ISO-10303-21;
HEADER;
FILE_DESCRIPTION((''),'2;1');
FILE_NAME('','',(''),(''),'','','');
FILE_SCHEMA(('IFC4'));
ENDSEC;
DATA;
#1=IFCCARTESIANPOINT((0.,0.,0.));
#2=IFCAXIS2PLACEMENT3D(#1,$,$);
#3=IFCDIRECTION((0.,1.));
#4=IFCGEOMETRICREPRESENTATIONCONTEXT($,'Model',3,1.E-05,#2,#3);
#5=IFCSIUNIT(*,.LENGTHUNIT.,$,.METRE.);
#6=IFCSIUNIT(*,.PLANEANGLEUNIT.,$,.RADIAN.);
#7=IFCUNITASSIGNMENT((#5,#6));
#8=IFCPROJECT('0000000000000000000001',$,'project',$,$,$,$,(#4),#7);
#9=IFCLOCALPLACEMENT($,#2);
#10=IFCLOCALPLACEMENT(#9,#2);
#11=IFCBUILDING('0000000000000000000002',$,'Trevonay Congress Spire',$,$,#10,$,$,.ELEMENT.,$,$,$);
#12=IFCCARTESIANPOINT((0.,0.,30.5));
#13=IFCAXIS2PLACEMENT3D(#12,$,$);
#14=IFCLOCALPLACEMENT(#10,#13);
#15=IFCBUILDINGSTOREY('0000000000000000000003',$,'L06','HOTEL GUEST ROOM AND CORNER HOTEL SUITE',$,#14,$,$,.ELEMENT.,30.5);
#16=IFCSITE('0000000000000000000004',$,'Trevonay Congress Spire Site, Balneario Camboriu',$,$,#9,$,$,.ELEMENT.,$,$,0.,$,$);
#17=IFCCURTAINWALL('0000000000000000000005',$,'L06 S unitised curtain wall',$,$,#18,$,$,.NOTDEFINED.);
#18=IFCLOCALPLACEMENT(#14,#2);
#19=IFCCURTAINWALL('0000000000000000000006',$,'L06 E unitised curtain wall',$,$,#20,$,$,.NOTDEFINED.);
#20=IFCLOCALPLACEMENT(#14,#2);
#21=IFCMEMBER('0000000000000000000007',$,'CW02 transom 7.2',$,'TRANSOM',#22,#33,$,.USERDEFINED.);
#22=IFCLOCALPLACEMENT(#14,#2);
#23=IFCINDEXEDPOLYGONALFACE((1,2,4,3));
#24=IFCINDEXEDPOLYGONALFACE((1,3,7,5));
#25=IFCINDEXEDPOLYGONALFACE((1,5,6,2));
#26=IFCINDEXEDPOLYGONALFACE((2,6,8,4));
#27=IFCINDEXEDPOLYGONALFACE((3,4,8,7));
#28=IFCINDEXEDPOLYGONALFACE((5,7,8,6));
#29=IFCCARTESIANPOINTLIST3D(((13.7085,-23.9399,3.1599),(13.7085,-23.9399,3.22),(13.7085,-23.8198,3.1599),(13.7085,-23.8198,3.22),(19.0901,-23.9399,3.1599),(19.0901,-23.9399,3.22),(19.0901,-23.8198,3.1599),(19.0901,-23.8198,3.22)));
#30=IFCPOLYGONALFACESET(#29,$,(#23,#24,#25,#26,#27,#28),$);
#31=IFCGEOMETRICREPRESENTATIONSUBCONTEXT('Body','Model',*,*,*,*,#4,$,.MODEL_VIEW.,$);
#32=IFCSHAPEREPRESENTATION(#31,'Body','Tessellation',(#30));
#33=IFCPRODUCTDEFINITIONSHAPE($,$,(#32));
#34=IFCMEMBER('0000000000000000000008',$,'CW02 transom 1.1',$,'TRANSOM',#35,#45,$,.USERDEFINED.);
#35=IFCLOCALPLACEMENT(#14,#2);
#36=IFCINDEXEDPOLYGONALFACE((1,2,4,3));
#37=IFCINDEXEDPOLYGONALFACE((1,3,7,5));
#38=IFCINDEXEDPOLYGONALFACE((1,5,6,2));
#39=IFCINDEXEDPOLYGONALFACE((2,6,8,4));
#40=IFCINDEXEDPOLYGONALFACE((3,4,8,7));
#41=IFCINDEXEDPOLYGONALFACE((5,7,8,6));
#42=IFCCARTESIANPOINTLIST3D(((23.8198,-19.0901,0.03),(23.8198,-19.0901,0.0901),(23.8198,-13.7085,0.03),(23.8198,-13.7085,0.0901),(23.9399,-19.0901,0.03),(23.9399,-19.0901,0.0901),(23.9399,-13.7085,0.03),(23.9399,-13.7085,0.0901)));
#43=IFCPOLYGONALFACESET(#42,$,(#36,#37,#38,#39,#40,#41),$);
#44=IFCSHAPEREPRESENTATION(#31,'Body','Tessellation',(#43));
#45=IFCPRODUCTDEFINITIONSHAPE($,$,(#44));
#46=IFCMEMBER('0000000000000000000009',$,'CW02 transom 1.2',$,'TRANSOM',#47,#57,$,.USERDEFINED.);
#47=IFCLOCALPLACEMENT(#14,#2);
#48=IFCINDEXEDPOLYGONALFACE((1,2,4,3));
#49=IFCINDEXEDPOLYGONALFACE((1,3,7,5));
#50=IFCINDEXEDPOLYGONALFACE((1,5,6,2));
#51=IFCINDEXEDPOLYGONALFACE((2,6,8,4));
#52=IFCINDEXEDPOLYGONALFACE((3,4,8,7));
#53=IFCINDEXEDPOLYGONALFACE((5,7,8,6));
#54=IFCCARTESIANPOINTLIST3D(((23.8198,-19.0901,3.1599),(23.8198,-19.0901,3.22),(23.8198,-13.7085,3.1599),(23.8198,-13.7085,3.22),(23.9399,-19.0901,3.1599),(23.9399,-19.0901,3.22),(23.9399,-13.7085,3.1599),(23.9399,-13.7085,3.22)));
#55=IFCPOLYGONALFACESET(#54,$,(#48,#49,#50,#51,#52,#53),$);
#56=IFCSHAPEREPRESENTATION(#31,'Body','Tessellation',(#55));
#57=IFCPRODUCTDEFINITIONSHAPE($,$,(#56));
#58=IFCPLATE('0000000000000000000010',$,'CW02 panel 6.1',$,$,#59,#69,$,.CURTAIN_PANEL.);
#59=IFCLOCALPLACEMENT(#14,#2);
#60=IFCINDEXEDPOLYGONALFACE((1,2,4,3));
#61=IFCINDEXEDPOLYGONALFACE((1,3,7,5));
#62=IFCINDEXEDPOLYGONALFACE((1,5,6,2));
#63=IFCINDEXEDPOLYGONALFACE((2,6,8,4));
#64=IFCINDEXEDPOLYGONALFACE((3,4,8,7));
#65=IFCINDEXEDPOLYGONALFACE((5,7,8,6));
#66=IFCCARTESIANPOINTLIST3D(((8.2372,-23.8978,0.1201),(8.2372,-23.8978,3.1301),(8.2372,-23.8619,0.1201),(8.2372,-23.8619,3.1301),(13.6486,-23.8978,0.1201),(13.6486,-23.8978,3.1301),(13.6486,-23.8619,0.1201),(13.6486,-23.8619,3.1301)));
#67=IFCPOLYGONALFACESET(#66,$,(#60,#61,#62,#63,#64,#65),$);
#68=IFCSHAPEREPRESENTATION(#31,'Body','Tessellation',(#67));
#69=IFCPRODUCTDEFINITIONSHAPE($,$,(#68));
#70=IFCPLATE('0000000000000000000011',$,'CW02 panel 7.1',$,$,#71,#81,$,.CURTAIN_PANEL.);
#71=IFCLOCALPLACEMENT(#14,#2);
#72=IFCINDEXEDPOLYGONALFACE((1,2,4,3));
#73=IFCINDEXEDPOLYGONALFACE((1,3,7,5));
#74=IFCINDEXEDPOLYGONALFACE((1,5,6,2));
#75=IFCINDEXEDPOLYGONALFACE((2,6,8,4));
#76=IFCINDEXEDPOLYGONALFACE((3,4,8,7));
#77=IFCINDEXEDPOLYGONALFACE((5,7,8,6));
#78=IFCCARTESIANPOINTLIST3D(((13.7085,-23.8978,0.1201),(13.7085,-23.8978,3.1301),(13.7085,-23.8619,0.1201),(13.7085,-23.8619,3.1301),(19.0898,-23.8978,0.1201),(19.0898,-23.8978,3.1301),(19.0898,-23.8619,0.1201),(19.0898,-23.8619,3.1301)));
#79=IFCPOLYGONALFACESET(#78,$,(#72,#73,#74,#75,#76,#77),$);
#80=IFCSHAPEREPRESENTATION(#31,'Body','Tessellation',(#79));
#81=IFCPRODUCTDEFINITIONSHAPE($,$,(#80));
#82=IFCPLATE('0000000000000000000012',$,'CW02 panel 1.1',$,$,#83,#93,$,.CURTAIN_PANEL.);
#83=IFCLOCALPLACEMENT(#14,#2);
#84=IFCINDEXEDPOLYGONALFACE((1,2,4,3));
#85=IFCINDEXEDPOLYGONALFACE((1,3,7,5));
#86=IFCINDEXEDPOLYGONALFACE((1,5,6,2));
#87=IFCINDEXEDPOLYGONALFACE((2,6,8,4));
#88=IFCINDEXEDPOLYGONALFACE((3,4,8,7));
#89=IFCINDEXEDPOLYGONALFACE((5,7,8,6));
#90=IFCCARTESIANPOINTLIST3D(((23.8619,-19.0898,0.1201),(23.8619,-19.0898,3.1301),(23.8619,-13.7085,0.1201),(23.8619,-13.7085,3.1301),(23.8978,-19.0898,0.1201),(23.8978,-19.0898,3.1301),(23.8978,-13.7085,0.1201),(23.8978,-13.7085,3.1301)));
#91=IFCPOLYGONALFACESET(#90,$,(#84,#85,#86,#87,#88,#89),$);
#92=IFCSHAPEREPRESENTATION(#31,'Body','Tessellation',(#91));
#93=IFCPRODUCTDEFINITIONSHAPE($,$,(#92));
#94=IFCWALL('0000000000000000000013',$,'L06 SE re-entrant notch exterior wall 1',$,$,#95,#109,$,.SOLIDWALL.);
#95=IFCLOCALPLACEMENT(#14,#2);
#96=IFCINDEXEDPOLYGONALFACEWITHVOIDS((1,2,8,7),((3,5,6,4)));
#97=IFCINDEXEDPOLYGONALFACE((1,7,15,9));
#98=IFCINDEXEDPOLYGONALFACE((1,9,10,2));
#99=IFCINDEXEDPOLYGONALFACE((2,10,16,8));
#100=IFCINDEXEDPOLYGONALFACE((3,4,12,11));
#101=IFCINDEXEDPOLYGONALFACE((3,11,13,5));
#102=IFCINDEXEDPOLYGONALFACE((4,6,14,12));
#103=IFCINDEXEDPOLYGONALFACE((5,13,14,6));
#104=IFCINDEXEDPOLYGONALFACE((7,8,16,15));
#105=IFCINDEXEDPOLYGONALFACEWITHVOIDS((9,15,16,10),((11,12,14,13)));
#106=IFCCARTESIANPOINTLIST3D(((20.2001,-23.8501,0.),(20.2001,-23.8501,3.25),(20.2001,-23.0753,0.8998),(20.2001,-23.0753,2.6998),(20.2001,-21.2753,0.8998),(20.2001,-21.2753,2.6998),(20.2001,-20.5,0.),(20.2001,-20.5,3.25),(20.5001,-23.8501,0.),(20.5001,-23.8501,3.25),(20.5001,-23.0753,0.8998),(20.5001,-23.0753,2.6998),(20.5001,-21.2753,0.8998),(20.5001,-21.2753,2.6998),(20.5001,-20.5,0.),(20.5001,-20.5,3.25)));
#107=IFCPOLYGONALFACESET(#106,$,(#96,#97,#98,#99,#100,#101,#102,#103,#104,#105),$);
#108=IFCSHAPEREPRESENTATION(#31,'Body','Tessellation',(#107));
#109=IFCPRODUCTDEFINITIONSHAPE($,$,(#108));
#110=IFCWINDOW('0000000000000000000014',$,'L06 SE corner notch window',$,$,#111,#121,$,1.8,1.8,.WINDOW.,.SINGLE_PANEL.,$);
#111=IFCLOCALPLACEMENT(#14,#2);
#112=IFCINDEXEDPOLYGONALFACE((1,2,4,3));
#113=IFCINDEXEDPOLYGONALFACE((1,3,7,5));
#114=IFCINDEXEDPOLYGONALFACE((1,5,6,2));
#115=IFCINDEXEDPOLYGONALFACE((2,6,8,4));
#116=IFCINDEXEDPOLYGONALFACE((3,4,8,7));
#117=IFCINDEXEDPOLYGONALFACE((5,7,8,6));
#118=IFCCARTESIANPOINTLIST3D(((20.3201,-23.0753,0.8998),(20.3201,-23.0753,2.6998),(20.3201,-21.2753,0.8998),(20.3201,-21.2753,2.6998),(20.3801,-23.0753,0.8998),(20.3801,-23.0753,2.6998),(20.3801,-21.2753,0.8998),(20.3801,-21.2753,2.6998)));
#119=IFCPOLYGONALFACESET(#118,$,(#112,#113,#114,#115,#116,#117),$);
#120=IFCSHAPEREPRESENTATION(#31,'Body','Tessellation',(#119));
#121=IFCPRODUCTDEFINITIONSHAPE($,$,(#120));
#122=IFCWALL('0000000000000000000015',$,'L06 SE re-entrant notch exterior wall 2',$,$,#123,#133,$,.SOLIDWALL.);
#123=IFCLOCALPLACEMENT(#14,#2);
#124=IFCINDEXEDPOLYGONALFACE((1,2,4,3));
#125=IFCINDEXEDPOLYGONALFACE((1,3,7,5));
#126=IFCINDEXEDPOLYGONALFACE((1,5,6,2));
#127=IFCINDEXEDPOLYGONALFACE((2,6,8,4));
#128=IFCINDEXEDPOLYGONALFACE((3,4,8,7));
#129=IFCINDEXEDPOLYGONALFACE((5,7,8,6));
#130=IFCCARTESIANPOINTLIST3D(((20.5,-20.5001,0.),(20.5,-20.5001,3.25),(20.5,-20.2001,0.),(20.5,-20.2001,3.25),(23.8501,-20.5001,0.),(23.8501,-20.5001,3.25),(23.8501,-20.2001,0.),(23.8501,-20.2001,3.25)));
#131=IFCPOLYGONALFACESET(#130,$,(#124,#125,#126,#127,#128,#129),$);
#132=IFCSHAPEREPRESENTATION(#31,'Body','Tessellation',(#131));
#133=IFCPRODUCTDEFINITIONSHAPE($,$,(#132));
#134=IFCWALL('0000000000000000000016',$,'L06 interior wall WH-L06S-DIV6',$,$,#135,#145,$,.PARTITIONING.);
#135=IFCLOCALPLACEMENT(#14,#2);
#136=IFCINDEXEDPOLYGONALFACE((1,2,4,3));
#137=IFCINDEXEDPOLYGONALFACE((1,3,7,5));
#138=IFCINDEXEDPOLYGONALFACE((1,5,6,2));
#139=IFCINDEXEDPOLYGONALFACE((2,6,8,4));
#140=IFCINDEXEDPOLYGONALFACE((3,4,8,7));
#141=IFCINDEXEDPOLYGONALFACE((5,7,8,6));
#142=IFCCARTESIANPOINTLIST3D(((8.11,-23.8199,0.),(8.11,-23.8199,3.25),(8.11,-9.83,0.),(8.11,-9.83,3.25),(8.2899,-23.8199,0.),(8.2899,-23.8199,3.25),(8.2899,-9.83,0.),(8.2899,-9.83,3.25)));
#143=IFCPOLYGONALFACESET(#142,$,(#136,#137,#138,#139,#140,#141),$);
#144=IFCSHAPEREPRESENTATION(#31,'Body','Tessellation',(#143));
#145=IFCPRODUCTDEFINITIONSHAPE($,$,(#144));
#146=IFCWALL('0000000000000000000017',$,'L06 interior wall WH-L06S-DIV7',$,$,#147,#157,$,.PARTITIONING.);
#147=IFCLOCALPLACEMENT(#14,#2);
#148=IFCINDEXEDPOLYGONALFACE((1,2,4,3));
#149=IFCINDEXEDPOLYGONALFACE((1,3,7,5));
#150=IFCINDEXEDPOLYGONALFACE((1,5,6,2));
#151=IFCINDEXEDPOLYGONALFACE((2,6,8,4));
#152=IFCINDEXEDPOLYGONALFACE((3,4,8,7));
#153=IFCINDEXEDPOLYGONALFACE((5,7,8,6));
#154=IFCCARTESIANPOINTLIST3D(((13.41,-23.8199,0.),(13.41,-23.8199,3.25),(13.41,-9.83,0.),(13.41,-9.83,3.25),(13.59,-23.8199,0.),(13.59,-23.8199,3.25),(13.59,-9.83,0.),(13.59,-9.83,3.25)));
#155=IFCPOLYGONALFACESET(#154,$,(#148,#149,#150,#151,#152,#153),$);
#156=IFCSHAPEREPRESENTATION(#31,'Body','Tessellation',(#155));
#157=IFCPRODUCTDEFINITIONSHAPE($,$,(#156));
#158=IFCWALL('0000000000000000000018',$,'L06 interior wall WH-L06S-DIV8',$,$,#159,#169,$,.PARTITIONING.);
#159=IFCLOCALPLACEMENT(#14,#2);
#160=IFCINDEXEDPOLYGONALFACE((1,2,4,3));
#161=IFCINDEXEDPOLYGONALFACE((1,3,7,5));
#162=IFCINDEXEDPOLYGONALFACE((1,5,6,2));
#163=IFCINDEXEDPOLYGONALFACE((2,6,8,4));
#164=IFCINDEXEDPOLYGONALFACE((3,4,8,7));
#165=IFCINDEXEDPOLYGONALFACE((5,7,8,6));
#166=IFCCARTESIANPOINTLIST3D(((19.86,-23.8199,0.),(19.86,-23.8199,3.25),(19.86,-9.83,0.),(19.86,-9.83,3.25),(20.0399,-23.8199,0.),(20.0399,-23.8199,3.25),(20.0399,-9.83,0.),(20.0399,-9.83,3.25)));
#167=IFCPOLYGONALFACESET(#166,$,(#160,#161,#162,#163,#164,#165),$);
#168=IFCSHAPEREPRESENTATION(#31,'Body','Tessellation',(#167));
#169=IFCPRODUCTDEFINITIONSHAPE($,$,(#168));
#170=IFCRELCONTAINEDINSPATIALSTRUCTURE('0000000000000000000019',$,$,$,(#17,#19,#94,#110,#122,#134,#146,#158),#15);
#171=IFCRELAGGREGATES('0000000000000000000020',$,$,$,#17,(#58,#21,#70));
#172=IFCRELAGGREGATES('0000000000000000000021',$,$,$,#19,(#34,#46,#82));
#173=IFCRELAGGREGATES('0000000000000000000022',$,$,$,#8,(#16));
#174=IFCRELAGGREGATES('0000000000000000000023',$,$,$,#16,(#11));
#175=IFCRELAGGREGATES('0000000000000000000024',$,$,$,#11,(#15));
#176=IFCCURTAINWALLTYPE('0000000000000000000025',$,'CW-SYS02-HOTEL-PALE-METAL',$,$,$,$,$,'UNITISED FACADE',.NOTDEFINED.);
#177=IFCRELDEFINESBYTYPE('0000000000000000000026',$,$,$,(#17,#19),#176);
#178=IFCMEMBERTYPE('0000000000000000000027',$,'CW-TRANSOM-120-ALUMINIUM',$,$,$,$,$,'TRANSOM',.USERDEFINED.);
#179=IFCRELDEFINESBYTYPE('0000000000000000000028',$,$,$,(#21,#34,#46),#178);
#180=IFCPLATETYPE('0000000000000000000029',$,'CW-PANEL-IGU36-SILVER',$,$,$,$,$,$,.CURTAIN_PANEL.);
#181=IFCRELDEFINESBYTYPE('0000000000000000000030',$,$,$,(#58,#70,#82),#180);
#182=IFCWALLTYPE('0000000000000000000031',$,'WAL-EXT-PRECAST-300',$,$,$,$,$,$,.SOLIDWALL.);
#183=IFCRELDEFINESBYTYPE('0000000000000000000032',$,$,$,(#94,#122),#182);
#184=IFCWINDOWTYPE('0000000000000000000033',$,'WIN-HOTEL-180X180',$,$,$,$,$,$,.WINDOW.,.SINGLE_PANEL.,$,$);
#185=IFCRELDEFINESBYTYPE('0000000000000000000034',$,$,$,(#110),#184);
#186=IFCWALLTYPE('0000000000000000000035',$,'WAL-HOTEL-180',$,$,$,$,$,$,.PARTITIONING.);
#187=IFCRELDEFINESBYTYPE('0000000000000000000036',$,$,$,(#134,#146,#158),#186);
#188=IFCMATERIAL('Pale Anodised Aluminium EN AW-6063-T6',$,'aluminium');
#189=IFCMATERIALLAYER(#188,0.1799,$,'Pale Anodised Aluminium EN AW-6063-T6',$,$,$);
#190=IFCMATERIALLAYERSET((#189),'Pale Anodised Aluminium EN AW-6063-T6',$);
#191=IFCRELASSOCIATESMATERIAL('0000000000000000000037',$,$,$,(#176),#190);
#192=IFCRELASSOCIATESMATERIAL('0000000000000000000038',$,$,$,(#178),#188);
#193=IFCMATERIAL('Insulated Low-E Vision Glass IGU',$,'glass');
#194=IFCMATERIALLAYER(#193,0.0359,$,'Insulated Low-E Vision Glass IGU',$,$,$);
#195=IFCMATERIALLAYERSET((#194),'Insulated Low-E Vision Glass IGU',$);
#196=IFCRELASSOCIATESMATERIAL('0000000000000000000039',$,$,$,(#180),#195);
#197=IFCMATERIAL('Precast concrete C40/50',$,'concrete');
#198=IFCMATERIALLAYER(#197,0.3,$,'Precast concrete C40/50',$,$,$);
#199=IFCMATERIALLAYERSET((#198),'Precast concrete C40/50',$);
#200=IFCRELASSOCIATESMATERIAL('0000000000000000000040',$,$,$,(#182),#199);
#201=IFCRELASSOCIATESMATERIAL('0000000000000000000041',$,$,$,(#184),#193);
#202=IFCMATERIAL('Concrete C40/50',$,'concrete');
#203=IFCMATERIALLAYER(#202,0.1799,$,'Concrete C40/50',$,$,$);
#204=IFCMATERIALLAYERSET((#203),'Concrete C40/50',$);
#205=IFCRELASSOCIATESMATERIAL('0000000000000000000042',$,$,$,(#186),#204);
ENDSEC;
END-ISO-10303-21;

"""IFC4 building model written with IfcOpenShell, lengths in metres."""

from ifc_helpers import new_model, si_unit, direction, frame, frame_2d, origin, origin_2d, place, context, subcontext, project, spatial, rectangle, extrude, material, layer, layer_set, material_profile, profile_set, type_object, element, fill, aggregate, save


model = new_model("IFC4")

# Units and contexts
model_context = context("Model", 3, precision=1e-05, world=origin(), true_north=direction((0.0, 1.0)))
body_context = subcontext(model_context, "Body", "Model", "MODEL_VIEW")
ifc_project = project(units=[si_unit("LENGTHUNIT", "METRE"), si_unit("PLANEANGLEUNIT", "RADIAN")], contexts=[model_context])

# Site, building, storey
site_placement = place(None, origin())
site = spatial("IfcSite", under=ifc_project, at=site_placement, Name="Trevonay Congress Spire Site, Balneario Camboriu", CompositionType="ELEMENT", RefElevation=0.0)
building_placement = place(site_placement, origin())
building = spatial("IfcBuilding", under=site, at=building_placement, Name="Trevonay Congress Spire", CompositionType="ELEMENT")
storey_placement = place(building_placement, frame((0.0, 0.0, 30.5)))
storey = spatial("IfcBuildingStorey", under=building, at=storey_placement, Name="L06", Description="HOTEL GUEST ROOM AND CORNER HOTEL SUITE", CompositionType="ELEMENT", Elevation=30.5)

# Curtain wall
ifc_material_1 = material(Name="Pale Anodised Aluminium EN AW-6063-T6", Category="aluminium")
ifc_layer_1 = layer(ifc_material_1, 0.1799, Name="Pale Anodised Aluminium EN AW-6063-T6")
ifc_layer_set_1 = layer_set([ifc_layer_1], Name="Pale Anodised Aluminium EN AW-6063-T6")
curtain_wall_type = type_object("IfcCurtainWallType", Name="CW-SYS02-HOTEL-PALE-METAL", ElementType="UNITISED FACADE", PredefinedType="NOTDEFINED", material=ifc_layer_set_1)
curtain_wall_1_placement = place(storey_placement, origin())
curtain_wall_1 = element("IfcCurtainWall", 1, at=curtain_wall_1_placement, inside=storey, type_object=curtain_wall_type, Name="L06 S unitised curtain wall", PredefinedType="NOTDEFINED")

# Curtain wall
curtain_wall_2_placement = place(storey_placement, origin())
curtain_wall_2 = element("IfcCurtainWall", 2, at=curtain_wall_2_placement, inside=storey, type_object=curtain_wall_type, Name="L06 E unitised curtain wall", PredefinedType="NOTDEFINED")

# Members
ifc_material_profile_1 = material_profile(ifc_material_1, rectangle(XDim=0.1201, YDim=0.0601, at=origin_2d()), Name="CW-TRANSOM-120-ALUMINIUM")
ifc_profile_set_1 = profile_set([ifc_material_profile_1], Name="Pale Anodised Aluminium EN AW-6063-T6")
member_type_1 = type_object("IfcMemberType", Name="CW-TRANSOM-120-ALUMINIUM", ElementType="TRANSOM", PredefinedType="USERDEFINED", material=ifc_profile_set_1)
member_1_placement = place(storey_placement, frame((13.7085, -23.8799, 3.1899), z_axis=(1.0, 0.0, 0.0), x_axis=(0.0, 1.0, 0.0)))
member_1 = element("IfcMember", 3, at=member_1_placement, type_object=member_type_1, Name="CW02 transom 7.2", ObjectType="TRANSOM", PredefinedType="USERDEFINED", context=body_context, shape_type="SweptSolid", body=[
    extrude(rectangle(XDim=0.1201, YDim=0.0601, at=origin_2d()), origin(), (0.0, 0.0, 1.0), 5.3816),
])
member_2_placement = place(storey_placement, frame((23.8799, -19.0901, 0.0601), z_axis=(0.0, 1.0, 0.0), x_axis=(-1.0, 0.0, 0.0)))
member_2 = element("IfcMember", 4, at=member_2_placement, type_object=member_type_1, Name="CW02 transom 1.1", ObjectType="TRANSOM", PredefinedType="USERDEFINED", context=body_context, shape_type="SweptSolid", body=[
    extrude(rectangle(XDim=0.1201, YDim=0.0601, at=origin_2d()), origin(), (0.0, 0.0, 1.0), 5.3816),
])
member_3_placement = place(storey_placement, frame((23.8799, -19.0901, 3.1899), z_axis=(0.0, 1.0, 0.0), x_axis=(-1.0, 0.0, 0.0)))
member_3 = element("IfcMember", 5, at=member_3_placement, type_object=member_type_1, Name="CW02 transom 1.2", ObjectType="TRANSOM", PredefinedType="USERDEFINED", context=body_context, shape_type="SweptSolid", body=[
    extrude(rectangle(XDim=0.1201, YDim=0.0601, at=origin_2d()), origin(), (0.0, 0.0, 1.0), 5.3816),
])

# Plates
ifc_material_2 = material(Name="Insulated Low-E Vision Glass IGU", Category="glass")
ifc_layer_2 = layer(ifc_material_2, 0.0359, Name="Insulated Low-E Vision Glass IGU")
ifc_layer_set_2 = layer_set([ifc_layer_2], Name="Insulated Low-E Vision Glass IGU")
plate_type = type_object("IfcPlateType", Name="CW-PANEL-IGU36-SILVER", PredefinedType="CURTAIN_PANEL", material=ifc_layer_set_2)
plate_1_placement = place(storey_placement, frame((10.9429, -23.8799, 0.1201), z_axis=(0.0, 0.0, 1.0), x_axis=(1.0, 0.0, 0.0)))
plate_1 = element("IfcPlate", 6, at=plate_1_placement, type_object=plate_type, Name="CW02 panel 6.1", PredefinedType="CURTAIN_PANEL", context=body_context, shape_type="SweptSolid", body=[
    extrude(rectangle(XDim=5.4114, YDim=0.0359, at=origin_2d()), origin(), (0.0, 0.0, 1.0), 3.01),
])
plate_2_placement = place(storey_placement, frame((16.3992, -23.8799, 0.1201), z_axis=(0.0, 0.0, 1.0), x_axis=(1.0, 0.0, 0.0)))
plate_2 = element("IfcPlate", 7, at=plate_2_placement, type_object=plate_type, Name="CW02 panel 7.1", PredefinedType="CURTAIN_PANEL", context=body_context, shape_type="SweptSolid", body=[
    extrude(rectangle(XDim=5.3813, YDim=0.0359, at=origin_2d()), origin(), (0.0, 0.0, 1.0), 3.01),
])
aggregate(curtain_wall_1, [plate_1, member_1, plate_2])
plate_3_placement = place(storey_placement, frame((23.8799, -16.3992, 0.1201), z_axis=(0.0, 0.0, 1.0), x_axis=(0.0, 1.0, 0.0)))
plate_3 = element("IfcPlate", 8, at=plate_3_placement, type_object=plate_type, Name="CW02 panel 1.1", PredefinedType="CURTAIN_PANEL", context=body_context, shape_type="SweptSolid", body=[
    extrude(rectangle(XDim=5.3813, YDim=0.0359, at=origin_2d()), origin(), (0.0, 0.0, 1.0), 3.01),
])
aggregate(curtain_wall_2, [member_2, member_3, plate_3])

# Wall, opening, window
ifc_material_3 = material(Name="Precast concrete C40/50", Category="concrete")
ifc_layer_3 = layer(ifc_material_3, 0.3, Name="Precast concrete C40/50")
ifc_layer_set_3 = layer_set([ifc_layer_3], Name="Precast concrete C40/50")
wall_type_1 = type_object("IfcWallType", Name="WAL-EXT-PRECAST-300", PredefinedType="SOLIDWALL", material=ifc_layer_set_3)
wall_1_placement = place(storey_placement, frame((20.3501, -23.8501, 0.0), z_axis=(0.0, 0.0, 1.0), x_axis=(0.0, 1.0, 0.0)))
wall_1 = element("IfcWall", 9, at=wall_1_placement, inside=storey, type_object=wall_type_1, Name="L06 SE re-entrant notch exterior wall 1", PredefinedType="SOLIDWALL", context=body_context, shape_type="SweptSolid", body=[
    extrude(rectangle(XDim=3.3501, YDim=0.3, at=frame_2d((1.675, 0.0))), origin(), (0.0, 0.0, 1.0), 3.25),
])
opening_placement = place(wall_1_placement, frame((0.7749, 0.0, 0.8999)))
opening = element("IfcOpeningElement", 10, at=opening_placement, cuts=wall_1, PredefinedType="OPENING", context=body_context, shape_type="SweptSolid", body=[
    extrude(rectangle(XDim=1.8, YDim=1.8, at=frame_2d((0.8999, 0.8999))), frame((0.0, 0.1602, 0.0), z_axis=(0.0, -1.0, 0.0), x_axis=(1.0, 0.0, 0.0)), (0.0, 0.0, 1.0), 0.3201),
])
window_type = type_object("IfcWindowType", Name="WIN-HOTEL-180X180", PartitioningType="SINGLE_PANEL", PredefinedType="WINDOW", material=ifc_material_2)
window_placement = place(opening_placement, origin())
window = element("IfcWindow", 11, at=window_placement, inside=storey, type_object=window_type, Name="L06 SE corner notch window", OverallHeight=1.8, OverallWidth=1.8, PartitioningType="SINGLE_PANEL", PredefinedType="WINDOW", context=body_context, shape_type="SweptSolid", body=[
    extrude(rectangle(XDim=1.8, YDim=1.8, at=frame_2d((0.8999, 0.8999))), frame((0.0, 0.03, 0.0), z_axis=(0.0, -1.0, 0.0), x_axis=(1.0, 0.0, 0.0)), (0.0, 0.0, 1.0), 0.0601),
])
fill(opening, window)

# Walls
wall_2_placement = place(storey_placement, frame((23.8501, -20.3501, 0.0), z_axis=(0.0, 0.0, 1.0), x_axis=(-1.0, 0.0, 0.0)))
element("IfcWall", 12, at=wall_2_placement, inside=storey, type_object=wall_type_1, Name="L06 SE re-entrant notch exterior wall 2", PredefinedType="SOLIDWALL", context=body_context, shape_type="SweptSolid", body=[
    extrude(rectangle(XDim=3.3501, YDim=0.3, at=frame_2d((1.675, 0.0))), origin(), (0.0, 0.0, 1.0), 3.25),
])
ifc_material_4 = material(Name="Concrete C40/50", Category="concrete")
ifc_layer_4 = layer(ifc_material_4, 0.1799, Name="Concrete C40/50")
ifc_layer_set_4 = layer_set([ifc_layer_4], Name="Concrete C40/50")
wall_type_2 = type_object("IfcWallType", Name="WAL-HOTEL-180", PredefinedType="PARTITIONING", material=ifc_layer_set_4)
for number, where, z_axis, x_axis, name in (
    (13, (8.2, -23.8201, 0.0), (0.0, 0.0, 1.0), (0.0, 1.0, 0.0), "L06 interior wall WH-L06S-DIV6"),
    (14, (13.5, -23.8201, 0.0), (0.0, 0.0, 1.0), (0.0, 1.0, 0.0), "L06 interior wall WH-L06S-DIV7"),
    (15, (19.95, -23.8201, 0.0), (0.0, 0.0, 1.0), (0.0, 1.0, 0.0), "L06 interior wall WH-L06S-DIV8"),
):
    element("IfcWall", number, at=place(storey_placement, frame(where, z_axis=z_axis, x_axis=x_axis)), inside=storey, type_object=wall_type_2, Name=name, PredefinedType="PARTITIONING", context=body_context, shape_type="SweptSolid", body=[
        extrude(rectangle(XDim=13.99, YDim=0.1799, at=frame_2d((6.9951, 0.0))), origin(), (0.0, 0.0, 1.0), 3.25),
    ])

save(model, "model.ifc")
